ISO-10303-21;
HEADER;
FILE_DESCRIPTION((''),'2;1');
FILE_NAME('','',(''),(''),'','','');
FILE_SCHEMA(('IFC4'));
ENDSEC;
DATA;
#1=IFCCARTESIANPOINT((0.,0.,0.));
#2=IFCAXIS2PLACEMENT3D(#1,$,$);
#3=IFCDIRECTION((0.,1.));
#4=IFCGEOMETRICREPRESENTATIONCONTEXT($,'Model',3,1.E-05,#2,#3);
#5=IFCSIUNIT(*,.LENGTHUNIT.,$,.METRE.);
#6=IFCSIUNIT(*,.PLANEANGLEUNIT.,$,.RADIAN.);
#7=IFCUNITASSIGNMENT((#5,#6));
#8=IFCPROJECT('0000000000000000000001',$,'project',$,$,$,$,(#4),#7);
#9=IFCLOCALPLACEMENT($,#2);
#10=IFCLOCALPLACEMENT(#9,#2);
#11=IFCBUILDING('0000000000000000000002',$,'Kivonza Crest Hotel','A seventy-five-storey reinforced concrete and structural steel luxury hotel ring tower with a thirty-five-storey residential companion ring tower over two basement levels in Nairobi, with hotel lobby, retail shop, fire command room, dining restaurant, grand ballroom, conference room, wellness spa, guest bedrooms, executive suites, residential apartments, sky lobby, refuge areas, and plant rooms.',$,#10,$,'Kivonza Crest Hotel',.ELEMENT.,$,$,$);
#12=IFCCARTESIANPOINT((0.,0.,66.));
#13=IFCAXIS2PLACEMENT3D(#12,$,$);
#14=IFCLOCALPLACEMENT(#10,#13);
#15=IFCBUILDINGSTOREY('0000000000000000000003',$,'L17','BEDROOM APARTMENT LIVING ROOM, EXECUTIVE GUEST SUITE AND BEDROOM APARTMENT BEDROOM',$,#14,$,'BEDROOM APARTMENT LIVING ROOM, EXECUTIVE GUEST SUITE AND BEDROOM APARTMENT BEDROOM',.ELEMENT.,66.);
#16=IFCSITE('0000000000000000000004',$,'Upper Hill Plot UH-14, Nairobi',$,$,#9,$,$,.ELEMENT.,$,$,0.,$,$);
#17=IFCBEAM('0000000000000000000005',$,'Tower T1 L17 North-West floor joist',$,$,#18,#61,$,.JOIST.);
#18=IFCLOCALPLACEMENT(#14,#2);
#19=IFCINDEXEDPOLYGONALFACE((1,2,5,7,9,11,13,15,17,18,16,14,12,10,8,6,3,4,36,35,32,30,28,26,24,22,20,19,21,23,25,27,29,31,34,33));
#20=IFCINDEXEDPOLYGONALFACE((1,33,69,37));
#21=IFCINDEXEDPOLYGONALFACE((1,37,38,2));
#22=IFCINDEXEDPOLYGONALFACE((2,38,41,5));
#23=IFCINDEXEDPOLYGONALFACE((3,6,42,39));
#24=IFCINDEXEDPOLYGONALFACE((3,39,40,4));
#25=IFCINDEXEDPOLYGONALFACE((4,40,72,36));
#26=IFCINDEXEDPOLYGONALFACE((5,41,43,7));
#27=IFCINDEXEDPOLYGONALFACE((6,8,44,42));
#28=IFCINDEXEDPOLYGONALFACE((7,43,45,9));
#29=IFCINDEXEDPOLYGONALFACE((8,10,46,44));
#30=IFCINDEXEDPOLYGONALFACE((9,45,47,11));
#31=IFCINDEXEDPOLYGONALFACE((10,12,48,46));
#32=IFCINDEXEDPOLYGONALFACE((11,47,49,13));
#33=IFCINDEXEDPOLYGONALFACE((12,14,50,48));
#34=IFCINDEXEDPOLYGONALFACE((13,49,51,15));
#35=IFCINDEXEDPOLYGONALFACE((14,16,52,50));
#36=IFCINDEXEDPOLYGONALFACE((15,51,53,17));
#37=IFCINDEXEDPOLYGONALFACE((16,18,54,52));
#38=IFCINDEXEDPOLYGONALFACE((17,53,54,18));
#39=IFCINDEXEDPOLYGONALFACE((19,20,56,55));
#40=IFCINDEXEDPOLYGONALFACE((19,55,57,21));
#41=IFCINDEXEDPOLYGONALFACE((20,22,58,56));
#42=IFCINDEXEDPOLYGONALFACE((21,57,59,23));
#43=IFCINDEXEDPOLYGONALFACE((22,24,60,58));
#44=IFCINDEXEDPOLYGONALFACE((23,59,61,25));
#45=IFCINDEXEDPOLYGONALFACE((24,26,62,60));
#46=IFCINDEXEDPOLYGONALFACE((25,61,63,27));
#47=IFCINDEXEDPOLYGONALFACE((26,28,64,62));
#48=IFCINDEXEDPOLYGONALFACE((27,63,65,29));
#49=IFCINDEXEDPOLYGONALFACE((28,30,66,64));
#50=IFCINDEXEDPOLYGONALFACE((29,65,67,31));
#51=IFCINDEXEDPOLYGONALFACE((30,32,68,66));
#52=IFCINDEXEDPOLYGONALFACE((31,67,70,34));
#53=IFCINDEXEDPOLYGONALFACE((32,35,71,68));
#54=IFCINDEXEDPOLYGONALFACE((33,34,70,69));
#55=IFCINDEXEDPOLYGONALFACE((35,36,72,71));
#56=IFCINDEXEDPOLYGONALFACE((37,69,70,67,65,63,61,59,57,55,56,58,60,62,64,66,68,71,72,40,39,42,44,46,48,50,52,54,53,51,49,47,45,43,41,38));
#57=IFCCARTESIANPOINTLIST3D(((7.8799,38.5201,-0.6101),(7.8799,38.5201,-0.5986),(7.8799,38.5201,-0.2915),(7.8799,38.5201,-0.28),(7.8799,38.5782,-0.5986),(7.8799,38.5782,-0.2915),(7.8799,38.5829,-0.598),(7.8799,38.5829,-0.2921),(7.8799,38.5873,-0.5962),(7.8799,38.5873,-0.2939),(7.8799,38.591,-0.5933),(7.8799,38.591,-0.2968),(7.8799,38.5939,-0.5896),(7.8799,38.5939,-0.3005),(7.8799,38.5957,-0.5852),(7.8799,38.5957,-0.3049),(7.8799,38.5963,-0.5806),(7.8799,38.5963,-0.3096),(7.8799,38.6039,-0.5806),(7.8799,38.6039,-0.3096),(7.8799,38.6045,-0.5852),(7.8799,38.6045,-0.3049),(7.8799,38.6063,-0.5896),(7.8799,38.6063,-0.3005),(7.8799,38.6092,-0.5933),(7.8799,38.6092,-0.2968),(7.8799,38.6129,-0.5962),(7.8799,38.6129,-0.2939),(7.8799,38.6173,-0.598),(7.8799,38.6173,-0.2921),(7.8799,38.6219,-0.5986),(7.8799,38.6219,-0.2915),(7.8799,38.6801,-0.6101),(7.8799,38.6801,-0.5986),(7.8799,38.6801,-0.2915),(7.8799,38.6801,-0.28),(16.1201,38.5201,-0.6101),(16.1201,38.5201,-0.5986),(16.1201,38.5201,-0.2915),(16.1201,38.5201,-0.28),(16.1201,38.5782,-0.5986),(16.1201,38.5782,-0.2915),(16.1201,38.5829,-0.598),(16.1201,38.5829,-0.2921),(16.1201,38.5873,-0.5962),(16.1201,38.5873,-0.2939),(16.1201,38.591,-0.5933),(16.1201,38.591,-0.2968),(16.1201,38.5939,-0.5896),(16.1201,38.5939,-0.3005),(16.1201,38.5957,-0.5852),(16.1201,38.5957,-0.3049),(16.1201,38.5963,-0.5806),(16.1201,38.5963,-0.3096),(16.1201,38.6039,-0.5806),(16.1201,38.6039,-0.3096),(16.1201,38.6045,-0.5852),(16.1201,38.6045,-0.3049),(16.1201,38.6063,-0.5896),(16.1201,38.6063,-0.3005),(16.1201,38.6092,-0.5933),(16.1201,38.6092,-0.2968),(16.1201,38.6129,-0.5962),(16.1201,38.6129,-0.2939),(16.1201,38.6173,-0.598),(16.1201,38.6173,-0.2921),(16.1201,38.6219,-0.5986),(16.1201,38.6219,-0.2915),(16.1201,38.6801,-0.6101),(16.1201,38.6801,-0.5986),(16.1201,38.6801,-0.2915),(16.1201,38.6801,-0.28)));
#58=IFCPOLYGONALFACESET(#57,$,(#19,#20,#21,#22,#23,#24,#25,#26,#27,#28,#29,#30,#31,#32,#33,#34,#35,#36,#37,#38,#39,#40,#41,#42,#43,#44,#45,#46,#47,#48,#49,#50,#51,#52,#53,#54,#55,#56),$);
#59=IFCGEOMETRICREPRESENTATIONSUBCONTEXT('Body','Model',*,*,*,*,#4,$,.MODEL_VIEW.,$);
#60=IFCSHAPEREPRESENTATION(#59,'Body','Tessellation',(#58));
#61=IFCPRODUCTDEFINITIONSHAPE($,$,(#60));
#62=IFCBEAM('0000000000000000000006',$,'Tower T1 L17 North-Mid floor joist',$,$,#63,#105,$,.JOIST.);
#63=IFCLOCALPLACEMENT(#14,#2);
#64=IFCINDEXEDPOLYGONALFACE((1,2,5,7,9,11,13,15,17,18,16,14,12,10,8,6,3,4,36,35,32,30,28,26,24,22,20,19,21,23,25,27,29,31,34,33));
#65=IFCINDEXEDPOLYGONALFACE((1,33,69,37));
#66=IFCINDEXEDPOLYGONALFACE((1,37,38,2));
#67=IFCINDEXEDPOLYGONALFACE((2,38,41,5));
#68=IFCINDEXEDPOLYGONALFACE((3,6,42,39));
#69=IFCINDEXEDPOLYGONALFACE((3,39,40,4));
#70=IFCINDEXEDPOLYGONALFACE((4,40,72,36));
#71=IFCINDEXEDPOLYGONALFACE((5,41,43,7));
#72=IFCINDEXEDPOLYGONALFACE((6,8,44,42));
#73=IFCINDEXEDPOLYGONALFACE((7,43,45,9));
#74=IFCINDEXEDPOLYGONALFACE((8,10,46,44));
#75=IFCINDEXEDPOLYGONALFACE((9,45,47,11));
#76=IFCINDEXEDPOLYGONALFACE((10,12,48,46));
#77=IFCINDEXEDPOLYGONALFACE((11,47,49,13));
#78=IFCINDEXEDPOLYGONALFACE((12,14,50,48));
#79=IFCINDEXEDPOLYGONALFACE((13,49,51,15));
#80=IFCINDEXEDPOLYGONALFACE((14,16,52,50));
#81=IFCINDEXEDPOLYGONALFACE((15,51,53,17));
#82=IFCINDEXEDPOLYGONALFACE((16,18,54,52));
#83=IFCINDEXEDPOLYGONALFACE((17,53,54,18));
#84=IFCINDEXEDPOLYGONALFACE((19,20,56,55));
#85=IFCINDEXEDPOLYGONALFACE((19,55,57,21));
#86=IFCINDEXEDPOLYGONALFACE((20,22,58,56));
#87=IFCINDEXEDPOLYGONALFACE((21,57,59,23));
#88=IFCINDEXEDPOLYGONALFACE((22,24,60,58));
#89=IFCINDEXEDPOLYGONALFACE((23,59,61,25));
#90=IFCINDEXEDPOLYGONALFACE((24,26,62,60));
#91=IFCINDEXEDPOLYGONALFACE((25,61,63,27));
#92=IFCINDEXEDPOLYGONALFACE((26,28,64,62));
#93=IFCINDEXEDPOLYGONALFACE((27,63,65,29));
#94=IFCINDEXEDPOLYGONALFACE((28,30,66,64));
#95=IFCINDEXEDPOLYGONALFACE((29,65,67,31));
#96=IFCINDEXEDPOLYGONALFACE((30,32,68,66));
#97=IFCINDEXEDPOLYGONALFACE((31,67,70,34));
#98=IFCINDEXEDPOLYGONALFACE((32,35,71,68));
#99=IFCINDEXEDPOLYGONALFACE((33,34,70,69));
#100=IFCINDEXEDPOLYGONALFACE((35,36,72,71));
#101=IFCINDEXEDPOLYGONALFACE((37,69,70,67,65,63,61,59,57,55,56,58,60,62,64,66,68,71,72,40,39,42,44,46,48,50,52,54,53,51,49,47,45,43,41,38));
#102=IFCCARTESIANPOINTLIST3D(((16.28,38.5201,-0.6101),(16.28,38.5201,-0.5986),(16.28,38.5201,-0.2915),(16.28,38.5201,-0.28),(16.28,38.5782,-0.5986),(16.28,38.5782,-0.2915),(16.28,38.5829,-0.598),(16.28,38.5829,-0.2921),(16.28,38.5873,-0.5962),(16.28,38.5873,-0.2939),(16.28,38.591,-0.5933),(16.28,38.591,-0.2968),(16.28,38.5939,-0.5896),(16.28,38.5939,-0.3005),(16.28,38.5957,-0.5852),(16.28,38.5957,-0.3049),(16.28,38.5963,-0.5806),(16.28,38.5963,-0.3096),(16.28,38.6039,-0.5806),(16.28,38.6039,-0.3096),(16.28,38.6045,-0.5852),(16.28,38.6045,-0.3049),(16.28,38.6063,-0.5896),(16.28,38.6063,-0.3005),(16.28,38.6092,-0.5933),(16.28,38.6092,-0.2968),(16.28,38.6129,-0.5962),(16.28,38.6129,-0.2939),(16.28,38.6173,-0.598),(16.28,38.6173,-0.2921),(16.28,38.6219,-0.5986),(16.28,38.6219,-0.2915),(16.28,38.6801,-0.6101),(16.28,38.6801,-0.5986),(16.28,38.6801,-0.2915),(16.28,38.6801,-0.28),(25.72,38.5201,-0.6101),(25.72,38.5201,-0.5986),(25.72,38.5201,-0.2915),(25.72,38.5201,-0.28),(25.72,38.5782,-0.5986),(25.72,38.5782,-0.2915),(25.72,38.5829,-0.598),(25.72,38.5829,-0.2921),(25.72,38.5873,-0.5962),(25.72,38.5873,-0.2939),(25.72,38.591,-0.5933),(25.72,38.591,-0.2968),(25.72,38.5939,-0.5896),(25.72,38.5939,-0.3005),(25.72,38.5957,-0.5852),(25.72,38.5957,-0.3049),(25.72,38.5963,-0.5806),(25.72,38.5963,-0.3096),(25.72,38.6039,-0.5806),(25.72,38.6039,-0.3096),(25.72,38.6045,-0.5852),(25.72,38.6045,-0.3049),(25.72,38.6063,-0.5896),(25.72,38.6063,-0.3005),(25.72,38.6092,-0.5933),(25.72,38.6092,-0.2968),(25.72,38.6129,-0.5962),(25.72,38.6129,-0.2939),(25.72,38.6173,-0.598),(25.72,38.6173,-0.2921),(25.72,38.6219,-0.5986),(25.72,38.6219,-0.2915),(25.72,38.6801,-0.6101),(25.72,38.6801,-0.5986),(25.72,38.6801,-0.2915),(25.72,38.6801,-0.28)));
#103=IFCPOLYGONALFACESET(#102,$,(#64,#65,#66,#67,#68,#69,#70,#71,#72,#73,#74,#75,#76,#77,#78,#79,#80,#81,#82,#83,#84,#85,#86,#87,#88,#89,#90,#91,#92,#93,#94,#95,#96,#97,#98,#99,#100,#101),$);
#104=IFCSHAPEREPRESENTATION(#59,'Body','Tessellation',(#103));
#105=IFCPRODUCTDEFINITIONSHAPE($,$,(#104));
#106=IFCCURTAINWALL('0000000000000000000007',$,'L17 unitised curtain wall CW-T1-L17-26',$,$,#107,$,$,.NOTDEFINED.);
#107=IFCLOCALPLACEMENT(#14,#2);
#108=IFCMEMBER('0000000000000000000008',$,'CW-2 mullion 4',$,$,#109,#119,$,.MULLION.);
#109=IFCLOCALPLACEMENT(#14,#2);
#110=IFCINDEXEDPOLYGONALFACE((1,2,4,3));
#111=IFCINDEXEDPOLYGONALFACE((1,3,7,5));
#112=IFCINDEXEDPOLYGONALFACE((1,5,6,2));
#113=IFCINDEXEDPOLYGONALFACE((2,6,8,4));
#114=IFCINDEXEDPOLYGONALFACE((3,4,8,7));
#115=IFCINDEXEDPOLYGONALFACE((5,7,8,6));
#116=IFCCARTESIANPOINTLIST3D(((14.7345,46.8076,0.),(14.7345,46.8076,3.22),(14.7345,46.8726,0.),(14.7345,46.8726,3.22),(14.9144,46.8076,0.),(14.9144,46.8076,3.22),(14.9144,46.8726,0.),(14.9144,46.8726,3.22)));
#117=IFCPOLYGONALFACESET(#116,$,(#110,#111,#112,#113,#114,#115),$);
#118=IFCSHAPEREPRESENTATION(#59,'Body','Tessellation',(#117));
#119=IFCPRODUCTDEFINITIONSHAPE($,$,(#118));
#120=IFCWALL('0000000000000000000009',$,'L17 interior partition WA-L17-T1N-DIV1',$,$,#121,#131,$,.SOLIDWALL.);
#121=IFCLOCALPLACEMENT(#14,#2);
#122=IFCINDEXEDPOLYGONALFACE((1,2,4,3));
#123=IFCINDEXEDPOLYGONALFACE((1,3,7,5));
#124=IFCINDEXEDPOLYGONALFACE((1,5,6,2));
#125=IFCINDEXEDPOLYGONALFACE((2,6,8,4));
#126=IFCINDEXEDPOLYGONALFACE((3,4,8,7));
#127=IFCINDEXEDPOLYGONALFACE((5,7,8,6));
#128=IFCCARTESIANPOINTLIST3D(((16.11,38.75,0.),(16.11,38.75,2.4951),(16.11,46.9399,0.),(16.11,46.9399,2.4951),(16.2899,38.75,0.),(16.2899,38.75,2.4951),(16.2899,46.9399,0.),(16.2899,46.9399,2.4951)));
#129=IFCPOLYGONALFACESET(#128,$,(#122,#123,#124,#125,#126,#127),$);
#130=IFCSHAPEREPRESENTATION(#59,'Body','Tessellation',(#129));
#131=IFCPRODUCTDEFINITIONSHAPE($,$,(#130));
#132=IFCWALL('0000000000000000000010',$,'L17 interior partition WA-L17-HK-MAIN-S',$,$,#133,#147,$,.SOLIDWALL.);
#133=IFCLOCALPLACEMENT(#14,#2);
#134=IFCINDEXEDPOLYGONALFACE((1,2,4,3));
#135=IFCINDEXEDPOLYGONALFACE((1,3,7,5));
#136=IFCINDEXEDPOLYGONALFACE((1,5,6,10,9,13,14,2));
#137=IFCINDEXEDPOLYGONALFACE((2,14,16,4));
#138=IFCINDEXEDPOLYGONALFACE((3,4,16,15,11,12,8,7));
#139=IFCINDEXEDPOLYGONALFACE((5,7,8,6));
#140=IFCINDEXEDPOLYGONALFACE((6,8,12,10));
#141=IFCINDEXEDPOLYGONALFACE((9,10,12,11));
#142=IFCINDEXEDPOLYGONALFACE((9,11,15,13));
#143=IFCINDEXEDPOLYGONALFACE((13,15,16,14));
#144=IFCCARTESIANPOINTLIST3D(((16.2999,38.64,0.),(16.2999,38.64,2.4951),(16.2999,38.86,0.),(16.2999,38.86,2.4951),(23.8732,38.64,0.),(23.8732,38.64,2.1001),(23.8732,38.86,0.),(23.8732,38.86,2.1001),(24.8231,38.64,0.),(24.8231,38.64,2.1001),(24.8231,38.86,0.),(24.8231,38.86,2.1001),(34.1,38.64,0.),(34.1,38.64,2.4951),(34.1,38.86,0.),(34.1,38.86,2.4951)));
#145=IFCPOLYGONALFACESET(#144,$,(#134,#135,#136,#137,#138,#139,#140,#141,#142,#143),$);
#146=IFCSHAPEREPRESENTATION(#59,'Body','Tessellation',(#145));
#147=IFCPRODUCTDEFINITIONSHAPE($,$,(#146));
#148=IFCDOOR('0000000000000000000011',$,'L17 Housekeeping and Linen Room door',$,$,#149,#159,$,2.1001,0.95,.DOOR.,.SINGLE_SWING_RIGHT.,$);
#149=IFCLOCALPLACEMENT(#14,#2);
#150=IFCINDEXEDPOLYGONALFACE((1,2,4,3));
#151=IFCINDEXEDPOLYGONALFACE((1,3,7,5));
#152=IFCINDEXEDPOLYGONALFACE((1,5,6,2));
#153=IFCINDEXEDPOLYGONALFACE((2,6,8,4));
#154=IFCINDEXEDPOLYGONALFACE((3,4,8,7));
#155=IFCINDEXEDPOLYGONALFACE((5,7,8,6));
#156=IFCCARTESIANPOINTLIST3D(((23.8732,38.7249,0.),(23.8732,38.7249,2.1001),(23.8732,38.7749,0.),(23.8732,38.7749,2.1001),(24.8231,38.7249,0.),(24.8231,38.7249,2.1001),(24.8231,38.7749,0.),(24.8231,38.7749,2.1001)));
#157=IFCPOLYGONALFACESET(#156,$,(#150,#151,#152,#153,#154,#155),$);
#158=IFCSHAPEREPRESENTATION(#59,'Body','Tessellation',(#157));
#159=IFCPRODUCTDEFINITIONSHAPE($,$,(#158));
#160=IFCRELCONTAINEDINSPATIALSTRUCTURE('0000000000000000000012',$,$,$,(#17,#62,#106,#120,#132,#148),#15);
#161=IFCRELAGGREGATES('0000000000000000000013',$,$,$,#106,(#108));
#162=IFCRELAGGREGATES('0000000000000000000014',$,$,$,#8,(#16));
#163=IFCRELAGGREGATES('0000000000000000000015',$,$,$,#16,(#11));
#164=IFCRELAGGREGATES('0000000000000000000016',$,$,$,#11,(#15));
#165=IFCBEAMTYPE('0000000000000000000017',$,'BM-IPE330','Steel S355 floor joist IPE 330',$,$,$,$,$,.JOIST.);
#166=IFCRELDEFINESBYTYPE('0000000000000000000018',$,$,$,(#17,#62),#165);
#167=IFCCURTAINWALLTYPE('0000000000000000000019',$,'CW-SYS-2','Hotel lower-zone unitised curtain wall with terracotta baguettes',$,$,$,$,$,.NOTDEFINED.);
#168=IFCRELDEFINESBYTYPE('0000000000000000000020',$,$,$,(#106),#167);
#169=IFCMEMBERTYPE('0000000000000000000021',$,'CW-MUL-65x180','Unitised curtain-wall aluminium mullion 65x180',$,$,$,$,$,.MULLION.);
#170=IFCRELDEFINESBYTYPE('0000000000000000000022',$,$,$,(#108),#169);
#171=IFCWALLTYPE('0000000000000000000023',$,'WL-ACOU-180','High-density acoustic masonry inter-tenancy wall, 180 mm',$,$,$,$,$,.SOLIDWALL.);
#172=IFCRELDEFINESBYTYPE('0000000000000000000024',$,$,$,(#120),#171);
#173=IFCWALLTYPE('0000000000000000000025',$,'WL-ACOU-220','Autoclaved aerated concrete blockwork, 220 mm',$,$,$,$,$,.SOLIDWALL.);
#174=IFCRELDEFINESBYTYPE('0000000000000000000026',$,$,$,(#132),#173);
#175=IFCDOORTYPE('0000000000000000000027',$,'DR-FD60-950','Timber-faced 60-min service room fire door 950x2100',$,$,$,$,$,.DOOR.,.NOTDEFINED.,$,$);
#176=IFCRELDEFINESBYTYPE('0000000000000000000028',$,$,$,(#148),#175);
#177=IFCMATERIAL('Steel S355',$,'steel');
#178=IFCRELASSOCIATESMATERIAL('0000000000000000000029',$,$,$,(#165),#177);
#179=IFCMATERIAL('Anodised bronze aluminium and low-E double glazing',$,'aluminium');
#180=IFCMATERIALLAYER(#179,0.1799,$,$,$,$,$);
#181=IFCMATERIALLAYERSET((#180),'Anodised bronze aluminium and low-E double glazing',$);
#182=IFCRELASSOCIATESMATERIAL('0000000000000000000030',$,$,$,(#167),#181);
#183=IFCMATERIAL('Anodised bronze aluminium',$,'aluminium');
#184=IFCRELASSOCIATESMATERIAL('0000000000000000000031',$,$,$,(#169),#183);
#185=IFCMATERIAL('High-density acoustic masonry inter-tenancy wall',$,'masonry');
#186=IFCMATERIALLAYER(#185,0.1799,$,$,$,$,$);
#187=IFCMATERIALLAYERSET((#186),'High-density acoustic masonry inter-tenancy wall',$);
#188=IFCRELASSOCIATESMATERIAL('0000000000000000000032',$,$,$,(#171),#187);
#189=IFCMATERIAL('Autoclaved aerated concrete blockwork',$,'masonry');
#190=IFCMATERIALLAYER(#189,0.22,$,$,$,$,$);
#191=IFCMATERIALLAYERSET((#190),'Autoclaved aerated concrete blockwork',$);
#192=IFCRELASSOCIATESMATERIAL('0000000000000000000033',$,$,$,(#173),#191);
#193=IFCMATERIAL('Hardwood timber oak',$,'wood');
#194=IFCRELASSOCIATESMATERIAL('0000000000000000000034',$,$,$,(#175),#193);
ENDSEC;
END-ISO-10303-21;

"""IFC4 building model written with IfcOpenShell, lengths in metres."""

from ifc_helpers import new_model, si_unit, direction, frame, frame_2d, origin, origin_2d, place, context, subcontext, project, spatial, rectangle, i_section, extrude, material, layer, layer_set, material_profile, profile_set, type_object, element, fill, aggregate, save


model = new_model("IFC4")

# Units and contexts
model_context = context("Model", 3, precision=1e-05, world=origin(), true_north=direction((0.0, 1.0)))
body_context = subcontext(model_context, "Body", "Model", "MODEL_VIEW")
ifc_project = project(units=[si_unit("LENGTHUNIT", "METRE"), si_unit("PLANEANGLEUNIT", "RADIAN")], contexts=[model_context])

# Site, building, storey
site_placement = place(None, origin())
site = spatial("IfcSite", under=ifc_project, at=site_placement, Name="Upper Hill Plot UH-14, Nairobi", CompositionType="ELEMENT", RefElevation=0.0)
building_placement = place(site_placement, origin())
building = spatial("IfcBuilding", under=site, at=building_placement, Name="Kivonza Crest Hotel", Description="A seventy-five-storey reinforced concrete and structural steel luxury hotel ring tower with a thirty-five-storey residential companion ring tower over two basement levels in Nairobi, with hotel lobby, retail shop, fire command room, dining restaurant, grand ballroom, conference room, wellness spa, guest bedrooms, executive suites, residential apartments, sky lobby, refuge areas, and plant rooms.", LongName="Kivonza Crest Hotel", CompositionType="ELEMENT")
storey_placement = place(building_placement, frame((0.0, 0.0, 66.0)))
storey = spatial("IfcBuildingStorey", under=building, at=storey_placement, Name="L17", Description="BEDROOM APARTMENT LIVING ROOM, EXECUTIVE GUEST SUITE AND BEDROOM APARTMENT BEDROOM", LongName="BEDROOM APARTMENT LIVING ROOM, EXECUTIVE GUEST SUITE AND BEDROOM APARTMENT BEDROOM", CompositionType="ELEMENT", Elevation=66.0)

# Beams
ifc_material_1 = material(Name="Steel S355", Category="steel")
ifc_material_profile_1 = material_profile(ifc_material_1, i_section(OverallWidth=0.1599, OverallDepth=0.3301, WebThickness=0.0076, FlangeThickness=0.0115, FilletRadius=0.0181, at=origin_2d()), Name="IPE 330")
ifc_profile_set_1 = profile_set([ifc_material_profile_1], Name="Steel S355")
beam_type_1 = type_object("IfcBeamType", Name="BM-IPE330", Description="Steel S355 floor joist IPE 330", PredefinedType="JOIST", material=ifc_profile_set_1)
beam_1_placement = place(storey_placement, frame((7.8799, 38.6001, -0.4451), z_axis=(1.0, 0.0, 0.0), x_axis=(0.0, 1.0, 0.0)))
element("IfcBeam", 1, at=beam_1_placement, inside=storey, type_object=beam_type_1, Name="Tower T1 L17 North-West floor joist", PredefinedType="JOIST", context=body_context, shape_type="SweptSolid", body=[
    extrude(i_section(OverallWidth=0.1599, OverallDepth=0.3301, WebThickness=0.0076, FlangeThickness=0.0115, FilletRadius=0.0181, at=origin_2d()), origin(), (0.0, 0.0, 1.0), 8.2402),
])
beam_2_placement = place(storey_placement, frame((16.28, 38.6001, -0.4451), z_axis=(1.0, 0.0, 0.0), x_axis=(0.0, 1.0, 0.0)))
element("IfcBeam", 2, at=beam_2_placement, inside=storey, type_object=beam_type_1, Name="Tower T1 L17 North-Mid floor joist", PredefinedType="JOIST", context=body_context, shape_type="SweptSolid", body=[
    extrude(i_section(OverallWidth=0.1599, OverallDepth=0.3301, WebThickness=0.0076, FlangeThickness=0.0115, FilletRadius=0.0181, at=origin_2d()), origin(), (0.0, 0.0, 1.0), 9.4399),
])

# Curtain wall, member
ifc_material_2 = material(Name="Anodised bronze aluminium and low-E double glazing", Category="aluminium")
ifc_layer_1 = layer(ifc_material_2, 0.1799)
ifc_layer_set_1 = layer_set([ifc_layer_1], Name="Anodised bronze aluminium and low-E double glazing")
curtain_wall_type = type_object("IfcCurtainWallType", Name="CW-SYS-2", Description="Hotel lower-zone unitised curtain wall with terracotta baguettes", PredefinedType="NOTDEFINED", material=ifc_layer_set_1)
curtain_wall_placement = place(storey_placement, origin())
curtain_wall = element("IfcCurtainWall", 3, at=curtain_wall_placement, inside=storey, type_object=curtain_wall_type, Name="L17 unitised curtain wall CW-T1-L17-26", PredefinedType="NOTDEFINED")
ifc_material_3 = material(Name="Anodised bronze aluminium", Category="aluminium")
ifc_material_profile_2 = material_profile(ifc_material_3, rectangle(XDim=0.0649, YDim=0.1799, at=origin_2d()), Name="CW-M 65x180")
ifc_profile_set_2 = profile_set([ifc_material_profile_2], Name="Anodised bronze aluminium")
member_type = type_object("IfcMemberType", Name="CW-MUL-65x180", Description="Unitised curtain-wall aluminium mullion 65x180", PredefinedType="MULLION", material=ifc_profile_set_2)
member_placement = place(storey_placement, frame((14.8245, 46.8401, 0.0), z_axis=(0.0, 0.0, 1.0), x_axis=(0.0, -1.0, 0.0)))
member = element("IfcMember", 4, at=member_placement, type_object=member_type, Name="CW-2 mullion 4", PredefinedType="MULLION", context=body_context, shape_type="SweptSolid", body=[
    extrude(rectangle(XDim=0.0649, YDim=0.1799, at=origin_2d()), origin(), (0.0, 0.0, 1.0), 3.22),
])
aggregate(curtain_wall, [member])

# Wall
ifc_material_4 = material(Name="High-density acoustic masonry inter-tenancy wall", Category="masonry")
ifc_layer_2 = layer(ifc_material_4, 0.1799)
ifc_layer_set_2 = layer_set([ifc_layer_2], Name="High-density acoustic masonry inter-tenancy wall")
wall_type_1 = type_object("IfcWallType", Name="WL-ACOU-180", Description="High-density acoustic masonry inter-tenancy wall, 180 mm", PredefinedType="SOLIDWALL", material=ifc_layer_set_2)
wall_1_placement = place(storey_placement, frame((16.2, 38.75, 0.0), z_axis=(0.0, 0.0, 1.0), x_axis=(0.0, 1.0, 0.0)))
element("IfcWall", 5, at=wall_1_placement, inside=storey, type_object=wall_type_1, Name="L17 interior partition WA-L17-T1N-DIV1", PredefinedType="SOLIDWALL", context=body_context, shape_type="SweptSolid", body=[
    extrude(rectangle(XDim=8.1899, YDim=0.1799, at=frame_2d((4.095, 0.0))), origin(), (0.0, 0.0, 1.0), 2.4951),
])

# Wall, opening, door
ifc_material_5 = material(Name="Autoclaved aerated concrete blockwork", Category="masonry")
ifc_layer_3 = layer(ifc_material_5, 0.22)
ifc_layer_set_3 = layer_set([ifc_layer_3], Name="Autoclaved aerated concrete blockwork")
wall_type_2 = type_object("IfcWallType", Name="WL-ACOU-220", Description="Autoclaved aerated concrete blockwork, 220 mm", PredefinedType="SOLIDWALL", material=ifc_layer_set_3)
wall_2_placement = place(storey_placement, frame((16.3, 38.75, 0.0), z_axis=(0.0, 0.0, 1.0), x_axis=(1.0, 0.0, 0.0)))
wall_2 = element("IfcWall", 6, at=wall_2_placement, inside=storey, type_object=wall_type_2, Name="L17 interior partition WA-L17-HK-MAIN-S", PredefinedType="SOLIDWALL", context=body_context, shape_type="SweptSolid", body=[
    extrude(rectangle(XDim=17.8, YDim=0.22, at=frame_2d((8.8999, 0.0))), origin(), (0.0, 0.0, 1.0), 2.4951),
])
opening_1_placement = place(wall_2_placement, frame((7.573, 0.0, 0.0)))
opening_1 = element("IfcOpeningElement", 7, at=opening_1_placement, cuts=wall_2, PredefinedType="OPENING", context=body_context, shape_type="SweptSolid", body=[
    extrude(rectangle(XDim=0.95, YDim=2.1001, at=frame_2d((0.4751, 1.05))), frame((0.0, 0.1201, 0.0), z_axis=(0.0, -1.0, 0.0), x_axis=(1.0, 0.0, 0.0)), (0.0, 0.0, 1.0), 0.24),
])
ifc_material_6 = material(Name="Hardwood timber oak", Category="wood")
door_type = type_object("IfcDoorType", Name="DR-FD60-950", Description="Timber-faced 60-min service room fire door 950x2100", OperationType="NOTDEFINED", PredefinedType="DOOR", material=ifc_material_6)
door_placement = place(opening_1_placement, origin())
door = element("IfcDoor", 8, at=door_placement, inside=storey, type_object=door_type, Name="L17 Housekeeping and Linen Room door", OperationType="SINGLE_SWING_RIGHT", OverallHeight=2.1001, OverallWidth=0.95, PredefinedType="DOOR", context=body_context, shape_type="SweptSolid", body=[
    extrude(rectangle(XDim=0.95, YDim=2.1001, at=frame_2d((0.4751, 1.05))), frame((0.0, 0.0249, 0.0), z_axis=(0.0, -1.0, 0.0), x_axis=(1.0, 0.0, 0.0)), (0.0, 0.0, 1.0), 0.05),
])
fill(opening_1, door)

save(model, "model.ifc")
